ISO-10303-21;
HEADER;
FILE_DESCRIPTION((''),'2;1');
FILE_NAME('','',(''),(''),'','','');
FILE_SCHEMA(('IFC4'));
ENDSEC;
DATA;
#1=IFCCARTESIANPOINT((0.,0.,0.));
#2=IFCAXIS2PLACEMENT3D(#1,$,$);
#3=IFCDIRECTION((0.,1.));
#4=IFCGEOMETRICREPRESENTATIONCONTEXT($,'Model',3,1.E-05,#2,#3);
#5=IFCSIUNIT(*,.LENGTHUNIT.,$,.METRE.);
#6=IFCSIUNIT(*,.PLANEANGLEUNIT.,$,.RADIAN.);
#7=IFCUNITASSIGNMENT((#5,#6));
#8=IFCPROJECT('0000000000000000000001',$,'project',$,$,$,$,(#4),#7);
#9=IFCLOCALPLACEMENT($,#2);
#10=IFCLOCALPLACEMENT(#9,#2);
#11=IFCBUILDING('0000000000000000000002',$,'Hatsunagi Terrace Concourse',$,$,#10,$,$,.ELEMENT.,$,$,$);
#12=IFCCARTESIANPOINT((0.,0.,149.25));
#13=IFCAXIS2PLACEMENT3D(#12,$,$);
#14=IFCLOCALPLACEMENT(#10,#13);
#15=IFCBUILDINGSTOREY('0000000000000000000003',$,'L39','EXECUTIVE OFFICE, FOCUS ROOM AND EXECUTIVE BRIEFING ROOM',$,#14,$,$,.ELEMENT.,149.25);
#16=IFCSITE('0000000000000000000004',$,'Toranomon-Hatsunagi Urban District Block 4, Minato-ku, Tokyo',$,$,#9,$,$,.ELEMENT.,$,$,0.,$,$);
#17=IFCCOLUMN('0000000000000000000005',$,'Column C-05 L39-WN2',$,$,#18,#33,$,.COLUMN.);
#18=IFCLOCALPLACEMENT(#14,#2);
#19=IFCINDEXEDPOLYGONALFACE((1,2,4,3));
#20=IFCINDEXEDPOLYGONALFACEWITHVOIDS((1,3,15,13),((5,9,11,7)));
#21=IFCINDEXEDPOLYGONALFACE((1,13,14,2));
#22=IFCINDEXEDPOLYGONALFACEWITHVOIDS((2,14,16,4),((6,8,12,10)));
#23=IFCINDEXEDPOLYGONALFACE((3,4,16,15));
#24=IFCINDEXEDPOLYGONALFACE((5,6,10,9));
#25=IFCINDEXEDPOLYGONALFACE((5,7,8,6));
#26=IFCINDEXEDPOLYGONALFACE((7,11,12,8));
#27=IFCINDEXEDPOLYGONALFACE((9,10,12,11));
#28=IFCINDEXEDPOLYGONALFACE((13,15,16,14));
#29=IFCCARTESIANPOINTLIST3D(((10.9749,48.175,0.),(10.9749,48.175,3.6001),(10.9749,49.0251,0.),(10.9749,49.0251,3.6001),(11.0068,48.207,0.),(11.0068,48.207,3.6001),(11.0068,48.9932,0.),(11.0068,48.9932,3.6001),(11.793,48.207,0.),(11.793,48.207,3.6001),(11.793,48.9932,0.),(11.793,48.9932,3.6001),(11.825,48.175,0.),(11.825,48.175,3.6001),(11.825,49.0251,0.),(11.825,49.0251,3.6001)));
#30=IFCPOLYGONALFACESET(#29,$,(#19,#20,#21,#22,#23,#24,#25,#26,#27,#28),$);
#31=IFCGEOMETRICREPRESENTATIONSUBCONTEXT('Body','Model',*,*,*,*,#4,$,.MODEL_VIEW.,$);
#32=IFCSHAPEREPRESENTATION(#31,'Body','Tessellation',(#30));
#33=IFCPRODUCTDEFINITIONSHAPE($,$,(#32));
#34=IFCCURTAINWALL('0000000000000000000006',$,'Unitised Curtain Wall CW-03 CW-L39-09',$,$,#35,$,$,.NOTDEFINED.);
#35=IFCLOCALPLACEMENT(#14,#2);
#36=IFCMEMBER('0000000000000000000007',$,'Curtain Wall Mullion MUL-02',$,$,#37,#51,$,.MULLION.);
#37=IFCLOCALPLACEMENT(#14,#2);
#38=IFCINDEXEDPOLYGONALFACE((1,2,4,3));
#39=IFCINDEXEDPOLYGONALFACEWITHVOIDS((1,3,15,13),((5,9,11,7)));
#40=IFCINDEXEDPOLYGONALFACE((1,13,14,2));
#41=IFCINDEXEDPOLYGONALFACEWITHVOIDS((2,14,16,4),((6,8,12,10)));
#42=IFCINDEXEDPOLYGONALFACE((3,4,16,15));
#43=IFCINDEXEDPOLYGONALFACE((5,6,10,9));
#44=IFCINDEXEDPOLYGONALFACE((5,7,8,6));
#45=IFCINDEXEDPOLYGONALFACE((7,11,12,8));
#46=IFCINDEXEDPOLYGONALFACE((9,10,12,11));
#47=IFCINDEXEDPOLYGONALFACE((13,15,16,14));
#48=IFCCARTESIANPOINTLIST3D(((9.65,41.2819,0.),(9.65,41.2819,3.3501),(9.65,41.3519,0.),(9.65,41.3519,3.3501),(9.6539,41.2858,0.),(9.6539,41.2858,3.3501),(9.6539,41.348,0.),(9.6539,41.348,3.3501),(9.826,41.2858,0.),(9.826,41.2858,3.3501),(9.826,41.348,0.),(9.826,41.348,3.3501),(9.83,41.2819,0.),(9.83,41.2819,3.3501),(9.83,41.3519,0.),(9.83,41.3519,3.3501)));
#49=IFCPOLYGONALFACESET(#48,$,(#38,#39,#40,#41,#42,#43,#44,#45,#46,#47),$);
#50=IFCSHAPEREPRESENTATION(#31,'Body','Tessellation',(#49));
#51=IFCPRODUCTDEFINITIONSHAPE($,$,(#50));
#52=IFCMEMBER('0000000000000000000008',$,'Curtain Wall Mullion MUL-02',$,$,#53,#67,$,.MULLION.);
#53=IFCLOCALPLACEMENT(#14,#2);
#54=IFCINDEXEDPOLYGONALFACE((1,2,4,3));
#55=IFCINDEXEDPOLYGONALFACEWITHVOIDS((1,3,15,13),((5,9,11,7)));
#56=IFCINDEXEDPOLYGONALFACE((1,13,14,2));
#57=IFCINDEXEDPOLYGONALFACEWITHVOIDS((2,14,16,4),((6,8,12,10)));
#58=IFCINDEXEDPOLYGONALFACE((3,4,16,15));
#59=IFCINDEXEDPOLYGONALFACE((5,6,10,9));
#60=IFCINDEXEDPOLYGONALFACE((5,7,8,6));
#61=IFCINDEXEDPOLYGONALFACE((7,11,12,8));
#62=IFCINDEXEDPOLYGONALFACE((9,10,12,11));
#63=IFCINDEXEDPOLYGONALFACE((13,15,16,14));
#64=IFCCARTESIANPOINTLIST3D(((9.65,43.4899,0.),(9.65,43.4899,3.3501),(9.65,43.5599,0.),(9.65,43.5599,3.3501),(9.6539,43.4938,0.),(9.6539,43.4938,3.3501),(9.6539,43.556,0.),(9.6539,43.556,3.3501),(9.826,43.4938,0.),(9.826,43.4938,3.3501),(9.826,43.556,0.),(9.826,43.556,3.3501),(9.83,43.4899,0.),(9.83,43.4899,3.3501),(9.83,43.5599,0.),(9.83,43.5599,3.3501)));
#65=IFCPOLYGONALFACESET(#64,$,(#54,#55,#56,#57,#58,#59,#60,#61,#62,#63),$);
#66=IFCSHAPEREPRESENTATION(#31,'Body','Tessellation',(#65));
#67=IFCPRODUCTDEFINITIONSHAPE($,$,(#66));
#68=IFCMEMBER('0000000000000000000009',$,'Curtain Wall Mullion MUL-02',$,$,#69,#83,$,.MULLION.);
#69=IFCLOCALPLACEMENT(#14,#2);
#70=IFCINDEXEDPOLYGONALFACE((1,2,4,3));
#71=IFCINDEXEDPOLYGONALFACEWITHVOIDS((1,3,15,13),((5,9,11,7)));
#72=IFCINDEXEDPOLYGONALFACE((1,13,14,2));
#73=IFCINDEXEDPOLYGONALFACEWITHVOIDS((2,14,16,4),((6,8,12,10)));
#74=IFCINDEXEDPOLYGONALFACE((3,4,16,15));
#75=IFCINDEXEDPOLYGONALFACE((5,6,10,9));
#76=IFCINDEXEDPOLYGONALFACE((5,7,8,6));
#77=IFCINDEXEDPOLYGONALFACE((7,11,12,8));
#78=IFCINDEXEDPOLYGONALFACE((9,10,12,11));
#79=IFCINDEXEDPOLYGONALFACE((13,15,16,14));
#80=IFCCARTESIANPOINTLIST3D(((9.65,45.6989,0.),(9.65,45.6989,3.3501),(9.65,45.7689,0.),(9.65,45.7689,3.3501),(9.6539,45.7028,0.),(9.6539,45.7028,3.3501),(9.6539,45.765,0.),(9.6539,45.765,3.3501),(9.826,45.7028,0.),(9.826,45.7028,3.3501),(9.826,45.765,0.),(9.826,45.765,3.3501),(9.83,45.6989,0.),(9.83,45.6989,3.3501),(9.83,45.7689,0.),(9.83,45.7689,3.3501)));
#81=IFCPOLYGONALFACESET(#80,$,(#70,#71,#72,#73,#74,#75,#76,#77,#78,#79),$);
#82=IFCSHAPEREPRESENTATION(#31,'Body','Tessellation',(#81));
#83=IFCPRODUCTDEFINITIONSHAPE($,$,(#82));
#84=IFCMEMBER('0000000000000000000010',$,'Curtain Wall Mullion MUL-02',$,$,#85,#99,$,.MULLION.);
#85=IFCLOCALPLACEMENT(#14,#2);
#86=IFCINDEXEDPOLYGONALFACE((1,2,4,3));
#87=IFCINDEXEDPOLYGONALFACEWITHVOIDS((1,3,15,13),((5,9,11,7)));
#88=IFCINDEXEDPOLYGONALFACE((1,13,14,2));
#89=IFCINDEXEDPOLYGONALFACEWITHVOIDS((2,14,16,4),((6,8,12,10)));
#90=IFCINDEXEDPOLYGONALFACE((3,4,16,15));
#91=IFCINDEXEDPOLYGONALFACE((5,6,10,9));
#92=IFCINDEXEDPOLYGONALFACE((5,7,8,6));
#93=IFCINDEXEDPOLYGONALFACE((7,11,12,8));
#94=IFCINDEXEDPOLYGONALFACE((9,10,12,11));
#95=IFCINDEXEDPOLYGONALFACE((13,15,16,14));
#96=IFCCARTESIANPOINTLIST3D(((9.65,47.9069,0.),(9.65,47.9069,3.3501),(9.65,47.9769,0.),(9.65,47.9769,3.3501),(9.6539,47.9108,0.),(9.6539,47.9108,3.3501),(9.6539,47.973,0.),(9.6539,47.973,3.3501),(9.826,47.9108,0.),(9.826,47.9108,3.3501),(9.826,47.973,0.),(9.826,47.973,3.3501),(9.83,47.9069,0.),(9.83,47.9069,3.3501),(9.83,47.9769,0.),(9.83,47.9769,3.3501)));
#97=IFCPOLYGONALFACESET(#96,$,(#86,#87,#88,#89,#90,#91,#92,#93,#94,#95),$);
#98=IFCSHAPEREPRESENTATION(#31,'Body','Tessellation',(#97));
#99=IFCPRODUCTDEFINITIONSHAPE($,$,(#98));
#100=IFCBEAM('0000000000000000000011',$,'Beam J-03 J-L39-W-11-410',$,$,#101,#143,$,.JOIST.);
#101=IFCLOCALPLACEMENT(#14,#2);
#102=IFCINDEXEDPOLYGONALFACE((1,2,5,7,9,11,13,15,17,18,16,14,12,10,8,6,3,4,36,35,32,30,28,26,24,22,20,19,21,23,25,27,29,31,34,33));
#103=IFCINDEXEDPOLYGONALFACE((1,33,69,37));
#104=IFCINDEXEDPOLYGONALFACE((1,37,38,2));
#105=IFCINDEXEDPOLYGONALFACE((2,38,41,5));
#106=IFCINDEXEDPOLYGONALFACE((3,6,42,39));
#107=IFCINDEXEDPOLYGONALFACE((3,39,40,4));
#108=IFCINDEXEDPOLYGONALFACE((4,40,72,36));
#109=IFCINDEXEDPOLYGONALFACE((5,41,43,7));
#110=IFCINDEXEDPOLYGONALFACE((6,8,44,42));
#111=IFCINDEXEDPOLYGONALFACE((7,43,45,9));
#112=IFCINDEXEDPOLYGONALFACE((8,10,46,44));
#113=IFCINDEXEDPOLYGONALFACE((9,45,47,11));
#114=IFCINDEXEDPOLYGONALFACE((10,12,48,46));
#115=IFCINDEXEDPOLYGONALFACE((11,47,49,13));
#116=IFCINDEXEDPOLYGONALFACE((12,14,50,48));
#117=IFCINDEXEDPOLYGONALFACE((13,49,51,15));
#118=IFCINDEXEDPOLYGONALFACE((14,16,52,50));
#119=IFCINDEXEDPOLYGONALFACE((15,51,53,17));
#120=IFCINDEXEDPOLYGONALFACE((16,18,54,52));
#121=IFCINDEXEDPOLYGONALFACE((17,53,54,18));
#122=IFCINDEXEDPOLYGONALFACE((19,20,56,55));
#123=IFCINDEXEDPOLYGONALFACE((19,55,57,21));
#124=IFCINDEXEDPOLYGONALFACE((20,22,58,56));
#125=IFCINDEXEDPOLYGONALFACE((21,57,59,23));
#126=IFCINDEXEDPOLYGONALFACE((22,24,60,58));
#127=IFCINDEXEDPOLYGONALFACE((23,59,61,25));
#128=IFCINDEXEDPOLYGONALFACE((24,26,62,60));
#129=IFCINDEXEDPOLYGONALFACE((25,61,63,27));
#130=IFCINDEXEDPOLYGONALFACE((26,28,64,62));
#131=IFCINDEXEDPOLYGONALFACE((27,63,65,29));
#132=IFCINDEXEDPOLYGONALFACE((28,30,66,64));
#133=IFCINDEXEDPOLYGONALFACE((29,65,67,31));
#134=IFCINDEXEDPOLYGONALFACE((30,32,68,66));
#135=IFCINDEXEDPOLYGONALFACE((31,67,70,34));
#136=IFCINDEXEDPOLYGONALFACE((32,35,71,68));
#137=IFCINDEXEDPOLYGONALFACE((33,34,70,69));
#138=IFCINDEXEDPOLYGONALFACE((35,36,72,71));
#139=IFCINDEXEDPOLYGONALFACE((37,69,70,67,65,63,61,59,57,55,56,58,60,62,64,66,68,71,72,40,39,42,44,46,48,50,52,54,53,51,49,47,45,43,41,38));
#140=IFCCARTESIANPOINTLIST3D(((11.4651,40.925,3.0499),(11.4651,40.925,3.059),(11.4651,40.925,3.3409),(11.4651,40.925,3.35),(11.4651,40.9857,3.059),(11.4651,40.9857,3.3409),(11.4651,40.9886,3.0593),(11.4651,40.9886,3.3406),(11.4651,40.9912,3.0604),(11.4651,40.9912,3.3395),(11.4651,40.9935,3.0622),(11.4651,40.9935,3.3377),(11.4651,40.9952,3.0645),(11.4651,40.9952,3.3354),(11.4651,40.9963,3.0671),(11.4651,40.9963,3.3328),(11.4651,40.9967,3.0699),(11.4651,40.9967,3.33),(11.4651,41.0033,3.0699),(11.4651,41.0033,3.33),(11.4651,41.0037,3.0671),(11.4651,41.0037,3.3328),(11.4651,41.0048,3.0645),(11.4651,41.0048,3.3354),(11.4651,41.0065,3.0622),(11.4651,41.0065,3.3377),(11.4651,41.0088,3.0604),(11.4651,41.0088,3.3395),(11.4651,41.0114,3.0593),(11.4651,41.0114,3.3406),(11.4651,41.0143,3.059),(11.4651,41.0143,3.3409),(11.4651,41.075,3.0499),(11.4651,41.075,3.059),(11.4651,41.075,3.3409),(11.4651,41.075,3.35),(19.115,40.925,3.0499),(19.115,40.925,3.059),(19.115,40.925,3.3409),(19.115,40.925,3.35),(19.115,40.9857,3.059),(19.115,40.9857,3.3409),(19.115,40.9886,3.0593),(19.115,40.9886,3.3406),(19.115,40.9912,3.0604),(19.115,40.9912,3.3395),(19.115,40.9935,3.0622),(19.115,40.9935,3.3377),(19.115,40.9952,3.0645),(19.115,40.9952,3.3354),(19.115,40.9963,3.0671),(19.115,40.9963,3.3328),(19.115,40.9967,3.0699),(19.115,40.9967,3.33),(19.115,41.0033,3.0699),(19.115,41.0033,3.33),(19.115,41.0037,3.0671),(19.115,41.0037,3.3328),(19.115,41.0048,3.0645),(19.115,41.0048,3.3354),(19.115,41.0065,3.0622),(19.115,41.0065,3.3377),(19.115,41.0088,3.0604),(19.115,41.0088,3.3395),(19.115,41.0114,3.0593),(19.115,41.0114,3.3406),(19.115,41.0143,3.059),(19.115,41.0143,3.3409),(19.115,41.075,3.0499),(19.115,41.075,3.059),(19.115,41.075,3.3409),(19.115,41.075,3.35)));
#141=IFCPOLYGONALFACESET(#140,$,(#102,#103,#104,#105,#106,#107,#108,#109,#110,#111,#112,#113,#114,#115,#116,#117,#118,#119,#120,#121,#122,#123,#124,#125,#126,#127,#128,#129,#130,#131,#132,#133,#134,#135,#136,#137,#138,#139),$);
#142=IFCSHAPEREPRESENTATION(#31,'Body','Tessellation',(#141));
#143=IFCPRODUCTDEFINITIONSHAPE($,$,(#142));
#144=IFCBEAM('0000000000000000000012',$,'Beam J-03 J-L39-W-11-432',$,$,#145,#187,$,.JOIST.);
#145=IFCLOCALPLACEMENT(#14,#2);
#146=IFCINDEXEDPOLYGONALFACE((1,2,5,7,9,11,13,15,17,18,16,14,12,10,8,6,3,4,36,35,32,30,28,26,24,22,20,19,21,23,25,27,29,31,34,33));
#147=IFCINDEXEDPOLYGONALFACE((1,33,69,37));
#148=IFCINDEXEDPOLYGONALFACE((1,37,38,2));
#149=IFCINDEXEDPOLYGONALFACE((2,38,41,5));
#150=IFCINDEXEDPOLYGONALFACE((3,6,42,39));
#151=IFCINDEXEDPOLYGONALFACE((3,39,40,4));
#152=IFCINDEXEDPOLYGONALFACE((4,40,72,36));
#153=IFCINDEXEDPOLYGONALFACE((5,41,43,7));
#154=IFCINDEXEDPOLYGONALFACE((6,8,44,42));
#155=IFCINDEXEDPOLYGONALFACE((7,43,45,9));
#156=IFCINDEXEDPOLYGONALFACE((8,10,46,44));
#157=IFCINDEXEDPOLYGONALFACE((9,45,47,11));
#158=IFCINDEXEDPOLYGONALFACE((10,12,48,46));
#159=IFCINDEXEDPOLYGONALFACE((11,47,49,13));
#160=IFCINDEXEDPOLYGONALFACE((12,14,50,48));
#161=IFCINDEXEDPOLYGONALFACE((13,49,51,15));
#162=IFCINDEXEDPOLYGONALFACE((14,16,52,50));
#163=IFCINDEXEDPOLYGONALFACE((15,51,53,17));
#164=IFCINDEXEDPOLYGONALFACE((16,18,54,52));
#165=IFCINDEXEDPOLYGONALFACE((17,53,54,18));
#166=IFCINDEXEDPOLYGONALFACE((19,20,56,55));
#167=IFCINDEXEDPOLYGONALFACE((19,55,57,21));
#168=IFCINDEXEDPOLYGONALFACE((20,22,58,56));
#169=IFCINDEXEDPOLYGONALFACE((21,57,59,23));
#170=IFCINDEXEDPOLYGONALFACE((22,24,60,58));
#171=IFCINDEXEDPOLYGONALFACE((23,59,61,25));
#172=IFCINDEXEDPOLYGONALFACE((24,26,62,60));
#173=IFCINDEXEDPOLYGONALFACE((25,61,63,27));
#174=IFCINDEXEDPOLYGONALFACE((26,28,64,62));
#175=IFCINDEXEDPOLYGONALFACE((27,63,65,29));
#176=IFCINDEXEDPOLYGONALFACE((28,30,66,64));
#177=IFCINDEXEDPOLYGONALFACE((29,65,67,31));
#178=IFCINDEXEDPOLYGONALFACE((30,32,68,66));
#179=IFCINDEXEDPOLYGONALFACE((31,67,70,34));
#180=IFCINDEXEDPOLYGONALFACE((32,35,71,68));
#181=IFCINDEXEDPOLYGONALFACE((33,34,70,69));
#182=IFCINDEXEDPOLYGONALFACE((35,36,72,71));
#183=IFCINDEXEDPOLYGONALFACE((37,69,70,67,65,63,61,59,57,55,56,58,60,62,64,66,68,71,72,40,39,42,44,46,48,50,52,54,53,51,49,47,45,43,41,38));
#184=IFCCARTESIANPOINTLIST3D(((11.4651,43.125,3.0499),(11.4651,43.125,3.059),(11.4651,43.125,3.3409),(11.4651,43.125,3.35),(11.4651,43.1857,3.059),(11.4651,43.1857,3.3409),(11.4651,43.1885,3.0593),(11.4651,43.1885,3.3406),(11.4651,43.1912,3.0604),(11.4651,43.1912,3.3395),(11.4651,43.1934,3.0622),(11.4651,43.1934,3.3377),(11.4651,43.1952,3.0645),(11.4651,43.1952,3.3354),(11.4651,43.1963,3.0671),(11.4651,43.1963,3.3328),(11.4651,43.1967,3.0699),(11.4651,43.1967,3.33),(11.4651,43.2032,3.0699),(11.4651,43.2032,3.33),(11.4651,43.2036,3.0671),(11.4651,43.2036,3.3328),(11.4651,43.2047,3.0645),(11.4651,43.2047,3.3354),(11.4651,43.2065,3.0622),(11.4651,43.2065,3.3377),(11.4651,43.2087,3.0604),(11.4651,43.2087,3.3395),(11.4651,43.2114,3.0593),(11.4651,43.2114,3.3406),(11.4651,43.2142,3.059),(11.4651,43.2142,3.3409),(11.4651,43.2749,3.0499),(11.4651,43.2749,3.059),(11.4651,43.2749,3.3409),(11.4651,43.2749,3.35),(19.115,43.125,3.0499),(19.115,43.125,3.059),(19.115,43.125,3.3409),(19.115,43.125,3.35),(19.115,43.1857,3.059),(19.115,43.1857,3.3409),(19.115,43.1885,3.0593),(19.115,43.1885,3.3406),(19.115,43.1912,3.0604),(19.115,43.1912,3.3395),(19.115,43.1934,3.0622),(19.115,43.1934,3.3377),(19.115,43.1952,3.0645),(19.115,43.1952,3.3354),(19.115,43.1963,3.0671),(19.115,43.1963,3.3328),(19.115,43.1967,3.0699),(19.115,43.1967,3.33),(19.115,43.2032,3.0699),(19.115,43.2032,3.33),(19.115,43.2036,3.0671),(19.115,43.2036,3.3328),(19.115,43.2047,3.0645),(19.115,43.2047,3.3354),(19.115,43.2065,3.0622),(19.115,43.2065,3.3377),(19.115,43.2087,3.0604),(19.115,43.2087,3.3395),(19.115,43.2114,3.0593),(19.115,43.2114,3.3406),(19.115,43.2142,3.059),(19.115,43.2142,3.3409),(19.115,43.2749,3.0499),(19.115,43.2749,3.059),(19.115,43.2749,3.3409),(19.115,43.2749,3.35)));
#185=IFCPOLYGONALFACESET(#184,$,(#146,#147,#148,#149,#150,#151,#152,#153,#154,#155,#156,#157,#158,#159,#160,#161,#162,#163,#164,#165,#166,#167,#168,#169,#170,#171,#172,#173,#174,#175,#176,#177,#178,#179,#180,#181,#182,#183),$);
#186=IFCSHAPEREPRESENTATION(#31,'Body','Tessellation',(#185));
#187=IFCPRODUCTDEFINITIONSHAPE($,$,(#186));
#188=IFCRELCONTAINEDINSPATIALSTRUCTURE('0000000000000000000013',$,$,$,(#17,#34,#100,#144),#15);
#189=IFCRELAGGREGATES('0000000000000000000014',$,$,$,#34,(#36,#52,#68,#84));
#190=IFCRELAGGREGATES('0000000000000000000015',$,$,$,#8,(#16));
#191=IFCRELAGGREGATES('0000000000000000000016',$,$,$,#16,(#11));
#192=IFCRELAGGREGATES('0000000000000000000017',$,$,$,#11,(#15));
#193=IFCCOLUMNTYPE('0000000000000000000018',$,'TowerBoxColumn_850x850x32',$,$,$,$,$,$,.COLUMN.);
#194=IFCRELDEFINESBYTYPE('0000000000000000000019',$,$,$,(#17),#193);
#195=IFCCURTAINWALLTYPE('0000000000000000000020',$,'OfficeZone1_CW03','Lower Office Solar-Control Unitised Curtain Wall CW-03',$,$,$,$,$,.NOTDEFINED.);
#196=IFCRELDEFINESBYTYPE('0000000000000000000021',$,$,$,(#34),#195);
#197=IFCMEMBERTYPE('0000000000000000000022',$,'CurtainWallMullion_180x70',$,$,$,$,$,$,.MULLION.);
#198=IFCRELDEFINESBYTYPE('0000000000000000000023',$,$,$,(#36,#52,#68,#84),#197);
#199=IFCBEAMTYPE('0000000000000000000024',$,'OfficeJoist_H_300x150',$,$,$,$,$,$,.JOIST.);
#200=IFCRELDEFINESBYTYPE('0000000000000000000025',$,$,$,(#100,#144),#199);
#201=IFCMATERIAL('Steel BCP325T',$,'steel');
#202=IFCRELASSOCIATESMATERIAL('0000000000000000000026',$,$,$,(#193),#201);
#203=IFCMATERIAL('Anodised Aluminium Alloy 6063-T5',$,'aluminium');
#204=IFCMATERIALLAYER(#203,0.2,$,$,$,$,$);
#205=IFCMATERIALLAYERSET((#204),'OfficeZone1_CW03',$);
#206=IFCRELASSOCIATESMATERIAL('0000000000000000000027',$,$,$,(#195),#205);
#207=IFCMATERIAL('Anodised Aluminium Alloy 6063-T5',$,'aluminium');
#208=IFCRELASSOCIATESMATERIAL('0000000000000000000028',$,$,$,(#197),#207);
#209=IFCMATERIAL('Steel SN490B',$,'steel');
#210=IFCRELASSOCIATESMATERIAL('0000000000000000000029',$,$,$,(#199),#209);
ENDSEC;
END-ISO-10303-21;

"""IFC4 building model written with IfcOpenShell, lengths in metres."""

from ifc_helpers import new_model, si_unit, direction, frame, origin, origin_2d, place, context, subcontext, project, spatial, hollow_rectangle, i_section, extrude, material, layer, layer_set, material_profile, profile_set, type_object, element, aggregate, save


model = new_model("IFC4")

# Units and contexts
model_context = context("Model", 3, precision=1e-05, world=origin(), true_north=direction((0.0, 1.0)))
body_context = subcontext(model_context, "Body", "Model", "MODEL_VIEW")
ifc_project = project(units=[si_unit("LENGTHUNIT", "METRE"), si_unit("PLANEANGLEUNIT", "RADIAN")], contexts=[model_context])

# Site, building, storey
site_placement = place(None, origin())
site = spatial("IfcSite", under=ifc_project, at=site_placement, Name="Toranomon-Hatsunagi Urban District Block 4, Minato-ku, Tokyo", CompositionType="ELEMENT", RefElevation=0.0)
building_placement = place(site_placement, origin())
building = spatial("IfcBuilding", under=site, at=building_placement, Name="Hatsunagi Terrace Concourse", CompositionType="ELEMENT")
storey_placement = place(building_placement, frame((0.0, 0.0, 149.25)))
storey = spatial("IfcBuildingStorey", under=building, at=storey_placement, Name="L39", Description="EXECUTIVE OFFICE, FOCUS ROOM AND EXECUTIVE BRIEFING ROOM", CompositionType="ELEMENT", Elevation=149.25)

# Column
ifc_material_1 = material(Name="Steel BCP325T", Category="steel")
ifc_material_profile_1 = material_profile(ifc_material_1, hollow_rectangle(XDim=0.8501, YDim=0.8501, WallThickness=0.032, at=origin_2d()), Name="BCP-850x850x32")
ifc_profile_set_1 = profile_set([ifc_material_profile_1], Name="Steel BCP325T")
column_type = type_object("IfcColumnType", Name="TowerBoxColumn_850x850x32", PredefinedType="COLUMN", material=ifc_profile_set_1)
column_placement = place(storey_placement, frame((11.3999, 48.6001, 0.0), z_axis=(0.0, 0.0, 1.0), x_axis=(1.0, 0.0, 0.0)))
element("IfcColumn", 1, at=column_placement, inside=storey, type_object=column_type, Name="Column C-05 L39-WN2", PredefinedType="COLUMN", context=body_context, shape_type="SweptSolid", body=[
    extrude(hollow_rectangle(XDim=0.8501, YDim=0.8501, WallThickness=0.032, at=origin_2d()), origin(), (0.0, 0.0, 1.0), 3.6001),
])

# Curtain wall, members
ifc_material_2 = material(Name="Anodised Aluminium Alloy 6063-T5", Category="aluminium")
ifc_layer_1 = layer(ifc_material_2, 0.2)
ifc_layer_set_1 = layer_set([ifc_layer_1], Name="OfficeZone1_CW03")
curtain_wall_type = type_object("IfcCurtainWallType", Name="OfficeZone1_CW03", Description="Lower Office Solar-Control Unitised Curtain Wall CW-03", PredefinedType="NOTDEFINED", material=ifc_layer_set_1)
curtain_wall_placement = place(storey_placement, origin())
curtain_wall = element("IfcCurtainWall", 2, at=curtain_wall_placement, inside=storey, type_object=curtain_wall_type, Name="Unitised Curtain Wall CW-03 CW-L39-09", PredefinedType="NOTDEFINED")
ifc_material_3 = material(Name="Anodised Aluminium Alloy 6063-T5", Category="aluminium")
ifc_material_profile_2 = material_profile(ifc_material_3, hollow_rectangle(XDim=0.0701, YDim=0.1799, WallThickness=0.0039, at=origin_2d()), Name="ALU-MUL-180x70x4")
ifc_profile_set_2 = profile_set([ifc_material_profile_2], Name="Anodised Aluminium Alloy 6063-T5")
member_type = type_object("IfcMemberType", Name="CurtainWallMullion_180x70", PredefinedType="MULLION", material=ifc_profile_set_2)
member_1_placement = place(storey_placement, frame((9.74, 41.3169, 0.0), z_axis=(0.0, 0.0, 1.0), x_axis=(0.0, 1.0, 0.0)))
member_1 = element("IfcMember", 3, at=member_1_placement, type_object=member_type, Name="Curtain Wall Mullion MUL-02", PredefinedType="MULLION", context=body_context, shape_type="SweptSolid", body=[
    extrude(hollow_rectangle(XDim=0.0701, YDim=0.1799, WallThickness=0.0039, at=origin_2d()), origin(), (0.0, 0.0, 1.0), 3.3501),
])
member_2_placement = place(storey_placement, frame((9.74, 43.5249, 0.0), z_axis=(0.0, 0.0, 1.0), x_axis=(0.0, 1.0, 0.0)))
member_2 = element("IfcMember", 4, at=member_2_placement, type_object=member_type, Name="Curtain Wall Mullion MUL-02", PredefinedType="MULLION", context=body_context, shape_type="SweptSolid", body=[
    extrude(hollow_rectangle(XDim=0.0701, YDim=0.1799, WallThickness=0.0039, at=origin_2d()), origin(), (0.0, 0.0, 1.0), 3.3501),
])
member_3_placement = place(storey_placement, frame((9.74, 45.7339, 0.0), z_axis=(0.0, 0.0, 1.0), x_axis=(0.0, 1.0, 0.0)))
member_3 = element("IfcMember", 5, at=member_3_placement, type_object=member_type, Name="Curtain Wall Mullion MUL-02", PredefinedType="MULLION", context=body_context, shape_type="SweptSolid", body=[
    extrude(hollow_rectangle(XDim=0.0701, YDim=0.1799, WallThickness=0.0039, at=origin_2d()), origin(), (0.0, 0.0, 1.0), 3.3501),
])
member_4_placement = place(storey_placement, frame((9.74, 47.9419, 0.0), z_axis=(0.0, 0.0, 1.0), x_axis=(0.0, 1.0, 0.0)))
member_4 = element("IfcMember", 6, at=member_4_placement, type_object=member_type, Name="Curtain Wall Mullion MUL-02", PredefinedType="MULLION", context=body_context, shape_type="SweptSolid", body=[
    extrude(hollow_rectangle(XDim=0.0701, YDim=0.1799, WallThickness=0.0039, at=origin_2d()), origin(), (0.0, 0.0, 1.0), 3.3501),
])

# Beams
ifc_material_4 = material(Name="Steel SN490B", Category="steel")
ifc_material_profile_3 = material_profile(ifc_material_4, i_section(OverallWidth=0.1499, OverallDepth=0.3, WebThickness=0.0066, FlangeThickness=0.009, FilletRadius=0.011, at=origin_2d()), Name="H-300x150x6.5x9")
ifc_profile_set_3 = profile_set([ifc_material_profile_3], Name="Steel SN490B")
beam_type_1 = type_object("IfcBeamType", Name="OfficeJoist_H_300x150", PredefinedType="JOIST", material=ifc_profile_set_3)
for number, where, z_axis, x_axis, name in (
    (7, (11.4651, 41.0, 3.2), (1.0, 0.0, 0.0), (0.0, 1.0, 0.0), "Beam J-03 J-L39-W-11-410"),
    (8, (11.4651, 43.2, 3.2), (1.0, 0.0, 0.0), (0.0, 1.0, 0.0), "Beam J-03 J-L39-W-11-432"),
):
    element("IfcBeam", number, at=place(storey_placement, frame(where, z_axis=z_axis, x_axis=x_axis)), inside=storey, type_object=beam_type_1, Name=name, PredefinedType="JOIST", context=body_context, shape_type="SweptSolid", body=[
        extrude(i_section(OverallWidth=0.1499, OverallDepth=0.3, WebThickness=0.0066, FlangeThickness=0.009, FilletRadius=0.011, at=origin_2d()), origin(), (0.0, 0.0, 1.0), 7.6499),
    ])

aggregate(curtain_wall, [member_1, member_2, member_3, member_4])

save(model, "model.ifc")
